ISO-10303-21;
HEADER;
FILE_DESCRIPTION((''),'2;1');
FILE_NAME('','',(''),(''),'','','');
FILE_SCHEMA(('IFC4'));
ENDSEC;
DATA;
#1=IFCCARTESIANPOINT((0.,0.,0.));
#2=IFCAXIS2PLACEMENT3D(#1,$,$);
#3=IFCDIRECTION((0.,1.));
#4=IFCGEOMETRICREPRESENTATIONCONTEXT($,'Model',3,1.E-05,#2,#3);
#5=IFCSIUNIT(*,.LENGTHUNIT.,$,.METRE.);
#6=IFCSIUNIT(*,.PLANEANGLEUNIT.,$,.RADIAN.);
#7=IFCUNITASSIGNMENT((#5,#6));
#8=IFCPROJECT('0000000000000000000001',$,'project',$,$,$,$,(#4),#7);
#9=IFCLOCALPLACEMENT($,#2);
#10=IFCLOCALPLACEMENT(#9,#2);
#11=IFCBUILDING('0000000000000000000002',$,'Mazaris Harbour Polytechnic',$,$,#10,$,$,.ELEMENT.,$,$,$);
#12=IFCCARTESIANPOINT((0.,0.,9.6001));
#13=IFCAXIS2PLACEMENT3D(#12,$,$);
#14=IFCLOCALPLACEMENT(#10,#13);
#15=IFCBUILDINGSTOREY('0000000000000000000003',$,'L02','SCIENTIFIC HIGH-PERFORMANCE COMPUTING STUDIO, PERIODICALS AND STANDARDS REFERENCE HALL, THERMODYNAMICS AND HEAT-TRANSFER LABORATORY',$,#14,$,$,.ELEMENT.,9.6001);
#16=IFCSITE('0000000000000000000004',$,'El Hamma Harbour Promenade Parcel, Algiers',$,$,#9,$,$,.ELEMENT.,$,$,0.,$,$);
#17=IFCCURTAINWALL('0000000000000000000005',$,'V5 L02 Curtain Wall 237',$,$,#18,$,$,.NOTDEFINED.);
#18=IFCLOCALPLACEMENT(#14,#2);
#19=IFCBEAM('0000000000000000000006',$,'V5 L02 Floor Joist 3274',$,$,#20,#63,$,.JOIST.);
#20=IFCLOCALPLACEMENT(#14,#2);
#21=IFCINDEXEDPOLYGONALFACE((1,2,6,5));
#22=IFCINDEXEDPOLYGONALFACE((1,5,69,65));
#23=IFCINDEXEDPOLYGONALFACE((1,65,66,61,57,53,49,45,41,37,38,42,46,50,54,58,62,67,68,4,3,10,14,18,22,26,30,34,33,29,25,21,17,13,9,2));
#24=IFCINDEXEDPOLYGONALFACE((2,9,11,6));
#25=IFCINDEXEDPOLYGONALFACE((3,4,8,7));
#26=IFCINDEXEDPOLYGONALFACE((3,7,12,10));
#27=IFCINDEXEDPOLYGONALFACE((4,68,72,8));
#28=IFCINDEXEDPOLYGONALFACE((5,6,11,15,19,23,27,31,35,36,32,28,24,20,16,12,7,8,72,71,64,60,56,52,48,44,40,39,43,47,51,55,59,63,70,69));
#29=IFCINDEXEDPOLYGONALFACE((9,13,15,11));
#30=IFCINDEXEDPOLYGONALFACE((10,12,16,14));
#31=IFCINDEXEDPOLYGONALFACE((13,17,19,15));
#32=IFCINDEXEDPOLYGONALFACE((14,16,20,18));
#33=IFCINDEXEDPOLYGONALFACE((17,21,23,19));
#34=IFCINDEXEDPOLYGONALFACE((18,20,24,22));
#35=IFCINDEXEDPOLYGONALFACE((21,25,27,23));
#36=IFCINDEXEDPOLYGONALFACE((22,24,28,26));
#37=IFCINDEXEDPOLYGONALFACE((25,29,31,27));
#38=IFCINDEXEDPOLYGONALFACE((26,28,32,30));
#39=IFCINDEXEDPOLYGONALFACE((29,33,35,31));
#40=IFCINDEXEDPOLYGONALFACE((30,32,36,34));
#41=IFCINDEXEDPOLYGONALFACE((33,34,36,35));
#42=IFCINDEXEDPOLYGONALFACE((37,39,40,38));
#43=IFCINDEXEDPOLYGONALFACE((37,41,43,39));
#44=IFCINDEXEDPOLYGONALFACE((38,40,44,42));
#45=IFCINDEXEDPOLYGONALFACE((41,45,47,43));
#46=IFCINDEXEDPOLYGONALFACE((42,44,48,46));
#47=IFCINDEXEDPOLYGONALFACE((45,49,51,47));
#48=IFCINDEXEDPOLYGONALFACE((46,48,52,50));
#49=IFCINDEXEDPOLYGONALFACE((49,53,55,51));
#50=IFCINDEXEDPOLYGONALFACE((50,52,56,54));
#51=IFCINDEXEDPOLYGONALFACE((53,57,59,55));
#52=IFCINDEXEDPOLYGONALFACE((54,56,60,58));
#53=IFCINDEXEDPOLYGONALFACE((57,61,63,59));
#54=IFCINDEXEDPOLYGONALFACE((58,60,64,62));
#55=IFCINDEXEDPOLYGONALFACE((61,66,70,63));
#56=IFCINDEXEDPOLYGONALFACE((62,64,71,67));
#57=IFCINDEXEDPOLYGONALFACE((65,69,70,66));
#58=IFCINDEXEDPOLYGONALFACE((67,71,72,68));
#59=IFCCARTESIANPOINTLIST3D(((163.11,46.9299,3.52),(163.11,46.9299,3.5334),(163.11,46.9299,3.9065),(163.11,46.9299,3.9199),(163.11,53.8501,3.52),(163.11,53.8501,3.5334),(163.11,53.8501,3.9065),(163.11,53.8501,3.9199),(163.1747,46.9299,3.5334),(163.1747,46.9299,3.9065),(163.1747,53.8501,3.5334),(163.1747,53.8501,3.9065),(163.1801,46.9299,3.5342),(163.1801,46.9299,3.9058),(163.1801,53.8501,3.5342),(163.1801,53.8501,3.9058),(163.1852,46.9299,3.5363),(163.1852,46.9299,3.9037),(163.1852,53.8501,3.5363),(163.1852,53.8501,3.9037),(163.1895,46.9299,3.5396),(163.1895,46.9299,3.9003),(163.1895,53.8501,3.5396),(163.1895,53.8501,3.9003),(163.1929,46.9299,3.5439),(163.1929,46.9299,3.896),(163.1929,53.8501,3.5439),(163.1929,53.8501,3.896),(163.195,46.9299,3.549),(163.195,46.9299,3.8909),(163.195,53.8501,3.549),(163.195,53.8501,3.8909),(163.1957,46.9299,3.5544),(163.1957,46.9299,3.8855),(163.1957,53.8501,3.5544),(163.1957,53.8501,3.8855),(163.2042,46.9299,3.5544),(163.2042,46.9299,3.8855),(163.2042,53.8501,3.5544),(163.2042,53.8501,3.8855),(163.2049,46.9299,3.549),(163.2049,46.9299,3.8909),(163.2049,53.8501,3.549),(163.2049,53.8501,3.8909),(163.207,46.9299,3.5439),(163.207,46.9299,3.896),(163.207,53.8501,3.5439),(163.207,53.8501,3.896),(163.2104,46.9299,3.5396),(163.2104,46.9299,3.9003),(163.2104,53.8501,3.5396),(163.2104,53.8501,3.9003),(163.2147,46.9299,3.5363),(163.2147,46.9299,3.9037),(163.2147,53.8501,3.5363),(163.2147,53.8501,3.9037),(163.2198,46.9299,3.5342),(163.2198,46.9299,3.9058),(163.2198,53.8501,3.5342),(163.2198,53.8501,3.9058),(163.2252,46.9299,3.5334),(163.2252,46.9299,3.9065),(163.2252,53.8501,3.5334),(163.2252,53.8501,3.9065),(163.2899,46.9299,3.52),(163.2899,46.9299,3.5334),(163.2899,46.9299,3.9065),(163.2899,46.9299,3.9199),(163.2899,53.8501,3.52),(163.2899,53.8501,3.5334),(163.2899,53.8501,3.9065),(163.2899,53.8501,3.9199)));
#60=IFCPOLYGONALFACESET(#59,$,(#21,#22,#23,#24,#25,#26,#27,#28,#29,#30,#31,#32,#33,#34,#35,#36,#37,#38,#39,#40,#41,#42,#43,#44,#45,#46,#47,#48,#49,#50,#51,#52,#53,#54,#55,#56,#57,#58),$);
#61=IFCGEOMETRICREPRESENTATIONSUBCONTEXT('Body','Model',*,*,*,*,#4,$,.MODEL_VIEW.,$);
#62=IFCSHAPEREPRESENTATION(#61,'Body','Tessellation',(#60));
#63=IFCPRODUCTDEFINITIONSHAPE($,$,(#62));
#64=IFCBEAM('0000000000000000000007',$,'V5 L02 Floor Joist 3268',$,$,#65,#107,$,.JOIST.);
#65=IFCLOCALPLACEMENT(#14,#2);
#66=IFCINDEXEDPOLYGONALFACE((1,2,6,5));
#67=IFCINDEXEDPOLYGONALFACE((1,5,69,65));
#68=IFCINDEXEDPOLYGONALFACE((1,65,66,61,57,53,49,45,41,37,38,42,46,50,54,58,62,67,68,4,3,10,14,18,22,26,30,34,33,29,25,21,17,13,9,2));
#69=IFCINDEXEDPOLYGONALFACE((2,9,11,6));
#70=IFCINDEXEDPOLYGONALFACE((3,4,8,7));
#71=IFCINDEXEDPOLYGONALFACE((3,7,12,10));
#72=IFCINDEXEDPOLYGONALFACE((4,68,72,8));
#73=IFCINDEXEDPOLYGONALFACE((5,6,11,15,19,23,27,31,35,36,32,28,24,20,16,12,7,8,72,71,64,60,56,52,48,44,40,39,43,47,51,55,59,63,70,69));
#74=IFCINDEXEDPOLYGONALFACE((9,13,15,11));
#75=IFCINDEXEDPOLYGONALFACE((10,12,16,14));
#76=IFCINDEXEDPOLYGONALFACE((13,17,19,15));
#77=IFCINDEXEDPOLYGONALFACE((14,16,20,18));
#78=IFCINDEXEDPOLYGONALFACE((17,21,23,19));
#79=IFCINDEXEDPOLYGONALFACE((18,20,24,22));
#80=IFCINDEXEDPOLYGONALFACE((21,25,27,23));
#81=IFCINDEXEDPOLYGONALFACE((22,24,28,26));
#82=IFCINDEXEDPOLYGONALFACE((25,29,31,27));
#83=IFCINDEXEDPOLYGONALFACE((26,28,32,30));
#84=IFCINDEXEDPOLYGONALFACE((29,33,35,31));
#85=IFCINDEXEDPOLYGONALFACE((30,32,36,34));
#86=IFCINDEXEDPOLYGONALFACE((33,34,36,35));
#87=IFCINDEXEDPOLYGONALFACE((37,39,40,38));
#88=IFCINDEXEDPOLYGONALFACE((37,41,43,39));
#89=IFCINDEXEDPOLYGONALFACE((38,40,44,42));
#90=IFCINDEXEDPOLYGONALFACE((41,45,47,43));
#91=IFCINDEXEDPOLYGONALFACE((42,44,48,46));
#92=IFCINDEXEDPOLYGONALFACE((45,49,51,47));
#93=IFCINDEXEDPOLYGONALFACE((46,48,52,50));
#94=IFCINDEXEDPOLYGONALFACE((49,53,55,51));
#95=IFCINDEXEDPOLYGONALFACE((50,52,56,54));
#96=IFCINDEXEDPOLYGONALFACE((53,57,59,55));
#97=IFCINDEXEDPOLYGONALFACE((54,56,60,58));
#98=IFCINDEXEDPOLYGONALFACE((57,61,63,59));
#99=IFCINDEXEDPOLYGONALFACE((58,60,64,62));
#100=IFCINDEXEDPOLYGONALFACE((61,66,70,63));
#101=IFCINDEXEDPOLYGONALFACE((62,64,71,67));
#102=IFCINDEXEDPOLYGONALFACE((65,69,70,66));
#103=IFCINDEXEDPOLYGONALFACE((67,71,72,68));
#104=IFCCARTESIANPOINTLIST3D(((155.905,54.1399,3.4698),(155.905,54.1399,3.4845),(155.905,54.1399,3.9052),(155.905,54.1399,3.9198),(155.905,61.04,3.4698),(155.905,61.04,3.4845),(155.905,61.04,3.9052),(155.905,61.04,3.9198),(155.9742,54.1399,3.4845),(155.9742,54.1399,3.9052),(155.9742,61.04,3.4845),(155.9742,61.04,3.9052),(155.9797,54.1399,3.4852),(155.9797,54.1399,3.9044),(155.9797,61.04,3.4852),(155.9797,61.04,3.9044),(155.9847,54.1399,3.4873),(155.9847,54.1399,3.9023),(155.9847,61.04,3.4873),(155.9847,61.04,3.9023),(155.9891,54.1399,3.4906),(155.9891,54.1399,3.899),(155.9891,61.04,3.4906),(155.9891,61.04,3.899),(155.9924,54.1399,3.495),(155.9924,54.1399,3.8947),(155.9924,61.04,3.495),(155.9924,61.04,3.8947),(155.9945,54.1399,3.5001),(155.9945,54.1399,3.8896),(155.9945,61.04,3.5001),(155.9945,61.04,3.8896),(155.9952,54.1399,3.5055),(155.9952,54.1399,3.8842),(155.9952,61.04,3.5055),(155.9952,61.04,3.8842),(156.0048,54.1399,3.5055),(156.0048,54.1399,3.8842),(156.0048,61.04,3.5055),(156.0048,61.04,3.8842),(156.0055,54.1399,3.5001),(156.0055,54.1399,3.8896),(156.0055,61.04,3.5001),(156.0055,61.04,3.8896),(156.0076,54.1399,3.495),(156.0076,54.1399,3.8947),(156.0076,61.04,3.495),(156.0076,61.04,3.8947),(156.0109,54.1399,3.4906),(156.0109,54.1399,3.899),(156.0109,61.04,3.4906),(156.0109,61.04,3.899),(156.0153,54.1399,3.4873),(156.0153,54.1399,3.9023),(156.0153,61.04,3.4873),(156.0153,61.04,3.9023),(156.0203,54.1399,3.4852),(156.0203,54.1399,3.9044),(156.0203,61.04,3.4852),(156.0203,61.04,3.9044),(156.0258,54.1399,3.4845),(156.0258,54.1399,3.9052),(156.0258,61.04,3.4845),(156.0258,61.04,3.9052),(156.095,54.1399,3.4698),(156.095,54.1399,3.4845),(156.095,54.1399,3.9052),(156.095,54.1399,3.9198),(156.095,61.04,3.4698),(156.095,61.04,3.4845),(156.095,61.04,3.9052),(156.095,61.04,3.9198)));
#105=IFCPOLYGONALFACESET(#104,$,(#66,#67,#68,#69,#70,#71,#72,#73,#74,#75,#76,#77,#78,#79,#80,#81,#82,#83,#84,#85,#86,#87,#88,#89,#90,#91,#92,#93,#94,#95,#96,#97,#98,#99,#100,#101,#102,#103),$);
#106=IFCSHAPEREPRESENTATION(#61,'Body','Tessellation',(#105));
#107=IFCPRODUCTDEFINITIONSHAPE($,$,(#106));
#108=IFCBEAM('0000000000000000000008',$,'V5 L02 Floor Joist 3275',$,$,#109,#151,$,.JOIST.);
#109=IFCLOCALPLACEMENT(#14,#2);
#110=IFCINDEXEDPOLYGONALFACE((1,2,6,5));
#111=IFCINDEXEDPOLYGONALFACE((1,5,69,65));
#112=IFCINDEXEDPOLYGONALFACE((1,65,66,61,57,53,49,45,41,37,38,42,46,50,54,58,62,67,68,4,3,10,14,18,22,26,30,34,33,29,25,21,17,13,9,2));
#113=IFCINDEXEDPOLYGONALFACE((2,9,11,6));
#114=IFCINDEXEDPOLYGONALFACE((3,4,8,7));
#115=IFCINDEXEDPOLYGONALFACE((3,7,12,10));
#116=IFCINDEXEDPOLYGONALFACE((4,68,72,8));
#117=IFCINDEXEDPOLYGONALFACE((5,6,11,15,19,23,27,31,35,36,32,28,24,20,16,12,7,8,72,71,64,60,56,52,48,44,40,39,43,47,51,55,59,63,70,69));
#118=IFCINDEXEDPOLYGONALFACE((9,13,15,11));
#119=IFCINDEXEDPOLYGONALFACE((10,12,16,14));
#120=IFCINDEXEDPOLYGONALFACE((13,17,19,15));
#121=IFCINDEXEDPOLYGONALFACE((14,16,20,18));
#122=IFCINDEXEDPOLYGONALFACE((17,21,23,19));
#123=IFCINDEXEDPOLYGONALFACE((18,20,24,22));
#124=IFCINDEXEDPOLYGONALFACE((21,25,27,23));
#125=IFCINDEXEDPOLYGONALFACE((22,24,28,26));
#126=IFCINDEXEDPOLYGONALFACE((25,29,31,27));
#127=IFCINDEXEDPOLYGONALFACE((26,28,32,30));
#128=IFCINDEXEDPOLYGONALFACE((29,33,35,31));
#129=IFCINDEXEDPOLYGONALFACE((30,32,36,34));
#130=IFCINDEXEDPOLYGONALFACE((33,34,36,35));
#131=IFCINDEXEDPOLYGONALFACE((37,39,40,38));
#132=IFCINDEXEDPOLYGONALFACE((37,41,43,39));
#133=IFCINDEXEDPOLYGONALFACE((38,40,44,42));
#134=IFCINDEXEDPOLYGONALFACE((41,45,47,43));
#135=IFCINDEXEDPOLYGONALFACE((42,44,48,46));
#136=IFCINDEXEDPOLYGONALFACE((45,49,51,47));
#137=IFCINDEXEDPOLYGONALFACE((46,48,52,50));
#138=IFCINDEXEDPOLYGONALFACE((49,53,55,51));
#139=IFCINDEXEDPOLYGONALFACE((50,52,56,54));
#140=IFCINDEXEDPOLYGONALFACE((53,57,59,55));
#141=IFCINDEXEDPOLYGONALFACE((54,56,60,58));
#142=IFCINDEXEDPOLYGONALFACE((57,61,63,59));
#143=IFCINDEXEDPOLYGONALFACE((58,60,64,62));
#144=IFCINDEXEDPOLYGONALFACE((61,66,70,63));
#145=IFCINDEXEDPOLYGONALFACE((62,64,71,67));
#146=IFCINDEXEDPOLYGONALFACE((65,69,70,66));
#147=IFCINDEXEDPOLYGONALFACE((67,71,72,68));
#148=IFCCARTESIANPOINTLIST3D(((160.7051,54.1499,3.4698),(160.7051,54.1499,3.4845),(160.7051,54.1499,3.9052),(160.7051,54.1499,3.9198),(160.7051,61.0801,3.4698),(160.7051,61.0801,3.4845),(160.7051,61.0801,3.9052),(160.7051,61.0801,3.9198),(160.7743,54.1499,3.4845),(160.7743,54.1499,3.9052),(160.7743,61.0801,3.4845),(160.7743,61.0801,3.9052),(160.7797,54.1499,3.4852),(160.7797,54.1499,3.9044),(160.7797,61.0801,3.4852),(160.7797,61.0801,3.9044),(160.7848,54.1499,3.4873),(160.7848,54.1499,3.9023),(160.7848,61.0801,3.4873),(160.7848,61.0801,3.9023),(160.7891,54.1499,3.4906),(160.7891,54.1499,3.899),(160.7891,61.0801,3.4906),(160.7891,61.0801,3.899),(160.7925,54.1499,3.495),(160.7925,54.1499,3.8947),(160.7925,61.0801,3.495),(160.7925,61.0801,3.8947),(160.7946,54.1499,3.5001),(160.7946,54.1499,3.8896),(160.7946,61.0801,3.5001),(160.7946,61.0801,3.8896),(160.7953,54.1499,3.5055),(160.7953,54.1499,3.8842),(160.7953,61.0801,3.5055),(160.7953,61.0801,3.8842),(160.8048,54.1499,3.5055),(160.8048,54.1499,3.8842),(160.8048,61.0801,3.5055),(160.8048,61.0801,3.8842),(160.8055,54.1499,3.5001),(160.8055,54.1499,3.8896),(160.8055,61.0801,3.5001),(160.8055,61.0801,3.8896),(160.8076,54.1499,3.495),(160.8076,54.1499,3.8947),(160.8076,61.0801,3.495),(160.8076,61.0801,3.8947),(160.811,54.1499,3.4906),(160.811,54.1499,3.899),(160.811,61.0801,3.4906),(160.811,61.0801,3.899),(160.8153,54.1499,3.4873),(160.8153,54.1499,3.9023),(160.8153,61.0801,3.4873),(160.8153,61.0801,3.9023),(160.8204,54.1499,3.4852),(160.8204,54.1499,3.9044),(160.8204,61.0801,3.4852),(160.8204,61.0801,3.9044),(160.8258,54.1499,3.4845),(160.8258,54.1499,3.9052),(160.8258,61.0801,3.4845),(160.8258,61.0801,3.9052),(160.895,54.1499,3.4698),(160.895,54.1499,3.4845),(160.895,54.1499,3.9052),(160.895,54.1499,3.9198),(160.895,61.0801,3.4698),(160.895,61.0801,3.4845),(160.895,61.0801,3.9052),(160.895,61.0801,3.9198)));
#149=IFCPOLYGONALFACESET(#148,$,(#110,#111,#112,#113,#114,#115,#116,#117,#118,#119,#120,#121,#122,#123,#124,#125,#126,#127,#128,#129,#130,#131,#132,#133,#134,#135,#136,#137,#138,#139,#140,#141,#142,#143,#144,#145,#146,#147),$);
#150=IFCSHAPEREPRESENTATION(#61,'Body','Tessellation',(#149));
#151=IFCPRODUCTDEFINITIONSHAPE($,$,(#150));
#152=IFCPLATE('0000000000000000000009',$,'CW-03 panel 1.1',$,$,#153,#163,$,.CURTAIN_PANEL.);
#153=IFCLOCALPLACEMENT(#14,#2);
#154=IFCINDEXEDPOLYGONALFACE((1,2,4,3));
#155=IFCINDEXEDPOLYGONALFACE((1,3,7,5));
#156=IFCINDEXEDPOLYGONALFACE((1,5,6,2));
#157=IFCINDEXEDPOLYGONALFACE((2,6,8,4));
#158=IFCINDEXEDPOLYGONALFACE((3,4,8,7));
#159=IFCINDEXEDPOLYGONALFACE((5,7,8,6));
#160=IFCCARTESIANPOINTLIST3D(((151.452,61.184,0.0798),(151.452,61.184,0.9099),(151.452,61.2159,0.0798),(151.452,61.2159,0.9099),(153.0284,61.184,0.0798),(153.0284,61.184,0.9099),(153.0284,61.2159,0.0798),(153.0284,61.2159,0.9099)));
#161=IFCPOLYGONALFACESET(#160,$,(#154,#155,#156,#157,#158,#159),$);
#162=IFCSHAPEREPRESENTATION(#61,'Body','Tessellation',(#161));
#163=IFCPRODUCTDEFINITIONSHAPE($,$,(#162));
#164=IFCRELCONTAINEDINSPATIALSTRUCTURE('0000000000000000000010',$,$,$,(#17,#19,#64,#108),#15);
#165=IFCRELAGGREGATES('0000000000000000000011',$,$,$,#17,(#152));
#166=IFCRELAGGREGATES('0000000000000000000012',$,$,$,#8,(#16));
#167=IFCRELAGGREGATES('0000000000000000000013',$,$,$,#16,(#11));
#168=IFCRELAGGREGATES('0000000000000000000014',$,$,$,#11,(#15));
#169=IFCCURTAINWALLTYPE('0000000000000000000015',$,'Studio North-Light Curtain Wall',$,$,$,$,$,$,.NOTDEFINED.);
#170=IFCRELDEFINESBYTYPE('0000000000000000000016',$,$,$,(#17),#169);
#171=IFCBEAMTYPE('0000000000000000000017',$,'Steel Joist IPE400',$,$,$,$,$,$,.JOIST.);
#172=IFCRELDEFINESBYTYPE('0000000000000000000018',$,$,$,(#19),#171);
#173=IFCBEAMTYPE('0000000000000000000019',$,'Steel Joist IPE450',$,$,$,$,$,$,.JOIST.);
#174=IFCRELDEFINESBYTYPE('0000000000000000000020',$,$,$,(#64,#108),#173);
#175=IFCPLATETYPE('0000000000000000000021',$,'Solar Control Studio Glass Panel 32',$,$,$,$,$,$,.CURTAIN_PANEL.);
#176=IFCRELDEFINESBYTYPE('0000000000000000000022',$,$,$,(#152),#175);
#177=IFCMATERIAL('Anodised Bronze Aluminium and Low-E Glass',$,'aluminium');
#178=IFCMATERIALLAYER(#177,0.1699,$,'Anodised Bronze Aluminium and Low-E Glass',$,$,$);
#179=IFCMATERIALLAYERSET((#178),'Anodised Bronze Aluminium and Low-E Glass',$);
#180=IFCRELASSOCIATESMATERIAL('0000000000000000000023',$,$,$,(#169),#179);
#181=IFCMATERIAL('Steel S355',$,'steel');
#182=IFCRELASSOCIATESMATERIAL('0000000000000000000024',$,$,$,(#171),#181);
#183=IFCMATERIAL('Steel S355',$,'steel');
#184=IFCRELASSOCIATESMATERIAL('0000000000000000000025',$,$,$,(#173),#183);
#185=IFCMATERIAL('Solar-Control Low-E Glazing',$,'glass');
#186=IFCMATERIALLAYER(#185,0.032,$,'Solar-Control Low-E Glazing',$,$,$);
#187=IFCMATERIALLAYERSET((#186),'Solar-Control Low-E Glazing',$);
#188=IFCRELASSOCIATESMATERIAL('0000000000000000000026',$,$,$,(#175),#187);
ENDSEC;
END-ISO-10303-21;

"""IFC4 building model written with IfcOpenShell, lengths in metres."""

from ifc_helpers import new_model, si_unit, direction, frame, origin, origin_2d, place, context, subcontext, project, spatial, rectangle, i_section, extrude, material, layer, layer_set, material_profile, profile_set, type_object, element, aggregate, save


model = new_model("IFC4")

# Units and contexts
model_context = context("Model", 3, precision=1e-05, world=origin(), true_north=direction((0.0, 1.0)))
body_context = subcontext(model_context, "Body", "Model", "MODEL_VIEW")
ifc_project = project(units=[si_unit("LENGTHUNIT", "METRE"), si_unit("PLANEANGLEUNIT", "RADIAN")], contexts=[model_context])

# Site, building, storey
site_placement = place(None, origin())
site = spatial("IfcSite", under=ifc_project, at=site_placement, Name="El Hamma Harbour Promenade Parcel, Algiers", CompositionType="ELEMENT", RefElevation=0.0)
building_placement = place(site_placement, origin())
building = spatial("IfcBuilding", under=site, at=building_placement, Name="Mazaris Harbour Polytechnic", CompositionType="ELEMENT")
storey_placement = place(building_placement, frame((0.0, 0.0, 9.6001)))
storey = spatial("IfcBuildingStorey", under=building, at=storey_placement, Name="L02", Description="SCIENTIFIC HIGH-PERFORMANCE COMPUTING STUDIO, PERIODICALS AND STANDARDS REFERENCE HALL, THERMODYNAMICS AND HEAT-TRANSFER LABORATORY", CompositionType="ELEMENT", Elevation=9.6001)

# Curtain wall
ifc_material_1 = material(Name="Anodised Bronze Aluminium and Low-E Glass", Category="aluminium")
ifc_layer_1 = layer(ifc_material_1, 0.1699, Name="Anodised Bronze Aluminium and Low-E Glass")
ifc_layer_set_1 = layer_set([ifc_layer_1], Name="Anodised Bronze Aluminium and Low-E Glass")
curtain_wall_type = type_object("IfcCurtainWallType", Name="Studio North-Light Curtain Wall", PredefinedType="NOTDEFINED", material=ifc_layer_set_1)
curtain_wall_placement = place(storey_placement, origin())
curtain_wall = element("IfcCurtainWall", 1, at=curtain_wall_placement, inside=storey, type_object=curtain_wall_type, Name="V5 L02 Curtain Wall 237", PredefinedType="NOTDEFINED")

# Beams
ifc_material_2 = material(Name="Steel S355", Category="steel")
ifc_material_profile_1 = material_profile(ifc_material_2, i_section(OverallWidth=0.1799, OverallDepth=0.3999, WebThickness=0.0085, FlangeThickness=0.0134, FilletRadius=0.021, at=origin_2d()), Name="IPE 400")
ifc_profile_set_1 = profile_set([ifc_material_profile_1], Name="Steel S355")
beam_type_1 = type_object("IfcBeamType", Name="Steel Joist IPE400", PredefinedType="JOIST", material=ifc_profile_set_1)
beam_1_placement = place(storey_placement, frame((163.2, 46.9299, 3.72), z_axis=(0.0, 1.0, 0.0), x_axis=(-1.0, 0.0, 0.0)))
element("IfcBeam", 2, at=beam_1_placement, inside=storey, type_object=beam_type_1, Name="V5 L02 Floor Joist 3274", PredefinedType="JOIST", context=body_context, shape_type="SweptSolid", body=[
    extrude(i_section(OverallWidth=0.1799, OverallDepth=0.3999, WebThickness=0.0085, FlangeThickness=0.0134, FilletRadius=0.021, at=origin_2d()), origin(), (0.0, 0.0, 1.0), 6.9202),
])
ifc_material_3 = material(Name="Steel S355", Category="steel")
ifc_material_profile_2 = material_profile(ifc_material_3, i_section(OverallWidth=0.1899, OverallDepth=0.45, WebThickness=0.0095, FlangeThickness=0.0146, FilletRadius=0.021, at=origin_2d()), Name="IPE 450")
ifc_profile_set_2 = profile_set([ifc_material_profile_2], Name="Steel S355")
beam_type_2 = type_object("IfcBeamType", Name="Steel Joist IPE450", PredefinedType="JOIST", material=ifc_profile_set_2)
beam_2_placement = place(storey_placement, frame((156.0, 54.1399, 3.6948), z_axis=(0.0, 1.0, 0.0), x_axis=(-1.0, 0.0, 0.0)))
element("IfcBeam", 3, at=beam_2_placement, inside=storey, type_object=beam_type_2, Name="V5 L02 Floor Joist 3268", PredefinedType="JOIST", context=body_context, shape_type="SweptSolid", body=[
    extrude(i_section(OverallWidth=0.1899, OverallDepth=0.45, WebThickness=0.0095, FlangeThickness=0.0146, FilletRadius=0.021, at=origin_2d()), origin(), (0.0, 0.0, 1.0), 6.9001),
])
beam_3_placement = place(storey_placement, frame((160.8, 54.1499, 3.6948), z_axis=(0.0, 1.0, 0.0), x_axis=(-1.0, 0.0, 0.0)))
element("IfcBeam", 4, at=beam_3_placement, inside=storey, type_object=beam_type_2, Name="V5 L02 Floor Joist 3275", PredefinedType="JOIST", context=body_context, shape_type="SweptSolid", body=[
    extrude(i_section(OverallWidth=0.1899, OverallDepth=0.45, WebThickness=0.0095, FlangeThickness=0.0146, FilletRadius=0.021, at=origin_2d()), origin(), (0.0, 0.0, 1.0), 6.9302),
])

# Plate
ifc_material_4 = material(Name="Solar-Control Low-E Glazing", Category="glass")
ifc_layer_2 = layer(ifc_material_4, 0.032, Name="Solar-Control Low-E Glazing")
ifc_layer_set_2 = layer_set([ifc_layer_2], Name="Solar-Control Low-E Glazing")
plate_type = type_object("IfcPlateType", Name="Solar Control Studio Glass Panel 32", PredefinedType="CURTAIN_PANEL", material=ifc_layer_set_2)
plate_placement = place(storey_placement, frame((152.2402, 61.2, 0.0798), z_axis=(0.0, 0.0, 1.0), x_axis=(1.0, 0.0, 0.0)))
plate = element("IfcPlate", 5, at=plate_placement, type_object=plate_type, Name="CW-03 panel 1.1", PredefinedType="CURTAIN_PANEL", context=body_context, shape_type="SweptSolid", body=[
    extrude(rectangle(XDim=1.5764, YDim=0.032, at=origin_2d()), origin(), (0.0, 0.0, 1.0), 0.8301),
])
aggregate(curtain_wall, [plate])

save(model, "model.ifc")
